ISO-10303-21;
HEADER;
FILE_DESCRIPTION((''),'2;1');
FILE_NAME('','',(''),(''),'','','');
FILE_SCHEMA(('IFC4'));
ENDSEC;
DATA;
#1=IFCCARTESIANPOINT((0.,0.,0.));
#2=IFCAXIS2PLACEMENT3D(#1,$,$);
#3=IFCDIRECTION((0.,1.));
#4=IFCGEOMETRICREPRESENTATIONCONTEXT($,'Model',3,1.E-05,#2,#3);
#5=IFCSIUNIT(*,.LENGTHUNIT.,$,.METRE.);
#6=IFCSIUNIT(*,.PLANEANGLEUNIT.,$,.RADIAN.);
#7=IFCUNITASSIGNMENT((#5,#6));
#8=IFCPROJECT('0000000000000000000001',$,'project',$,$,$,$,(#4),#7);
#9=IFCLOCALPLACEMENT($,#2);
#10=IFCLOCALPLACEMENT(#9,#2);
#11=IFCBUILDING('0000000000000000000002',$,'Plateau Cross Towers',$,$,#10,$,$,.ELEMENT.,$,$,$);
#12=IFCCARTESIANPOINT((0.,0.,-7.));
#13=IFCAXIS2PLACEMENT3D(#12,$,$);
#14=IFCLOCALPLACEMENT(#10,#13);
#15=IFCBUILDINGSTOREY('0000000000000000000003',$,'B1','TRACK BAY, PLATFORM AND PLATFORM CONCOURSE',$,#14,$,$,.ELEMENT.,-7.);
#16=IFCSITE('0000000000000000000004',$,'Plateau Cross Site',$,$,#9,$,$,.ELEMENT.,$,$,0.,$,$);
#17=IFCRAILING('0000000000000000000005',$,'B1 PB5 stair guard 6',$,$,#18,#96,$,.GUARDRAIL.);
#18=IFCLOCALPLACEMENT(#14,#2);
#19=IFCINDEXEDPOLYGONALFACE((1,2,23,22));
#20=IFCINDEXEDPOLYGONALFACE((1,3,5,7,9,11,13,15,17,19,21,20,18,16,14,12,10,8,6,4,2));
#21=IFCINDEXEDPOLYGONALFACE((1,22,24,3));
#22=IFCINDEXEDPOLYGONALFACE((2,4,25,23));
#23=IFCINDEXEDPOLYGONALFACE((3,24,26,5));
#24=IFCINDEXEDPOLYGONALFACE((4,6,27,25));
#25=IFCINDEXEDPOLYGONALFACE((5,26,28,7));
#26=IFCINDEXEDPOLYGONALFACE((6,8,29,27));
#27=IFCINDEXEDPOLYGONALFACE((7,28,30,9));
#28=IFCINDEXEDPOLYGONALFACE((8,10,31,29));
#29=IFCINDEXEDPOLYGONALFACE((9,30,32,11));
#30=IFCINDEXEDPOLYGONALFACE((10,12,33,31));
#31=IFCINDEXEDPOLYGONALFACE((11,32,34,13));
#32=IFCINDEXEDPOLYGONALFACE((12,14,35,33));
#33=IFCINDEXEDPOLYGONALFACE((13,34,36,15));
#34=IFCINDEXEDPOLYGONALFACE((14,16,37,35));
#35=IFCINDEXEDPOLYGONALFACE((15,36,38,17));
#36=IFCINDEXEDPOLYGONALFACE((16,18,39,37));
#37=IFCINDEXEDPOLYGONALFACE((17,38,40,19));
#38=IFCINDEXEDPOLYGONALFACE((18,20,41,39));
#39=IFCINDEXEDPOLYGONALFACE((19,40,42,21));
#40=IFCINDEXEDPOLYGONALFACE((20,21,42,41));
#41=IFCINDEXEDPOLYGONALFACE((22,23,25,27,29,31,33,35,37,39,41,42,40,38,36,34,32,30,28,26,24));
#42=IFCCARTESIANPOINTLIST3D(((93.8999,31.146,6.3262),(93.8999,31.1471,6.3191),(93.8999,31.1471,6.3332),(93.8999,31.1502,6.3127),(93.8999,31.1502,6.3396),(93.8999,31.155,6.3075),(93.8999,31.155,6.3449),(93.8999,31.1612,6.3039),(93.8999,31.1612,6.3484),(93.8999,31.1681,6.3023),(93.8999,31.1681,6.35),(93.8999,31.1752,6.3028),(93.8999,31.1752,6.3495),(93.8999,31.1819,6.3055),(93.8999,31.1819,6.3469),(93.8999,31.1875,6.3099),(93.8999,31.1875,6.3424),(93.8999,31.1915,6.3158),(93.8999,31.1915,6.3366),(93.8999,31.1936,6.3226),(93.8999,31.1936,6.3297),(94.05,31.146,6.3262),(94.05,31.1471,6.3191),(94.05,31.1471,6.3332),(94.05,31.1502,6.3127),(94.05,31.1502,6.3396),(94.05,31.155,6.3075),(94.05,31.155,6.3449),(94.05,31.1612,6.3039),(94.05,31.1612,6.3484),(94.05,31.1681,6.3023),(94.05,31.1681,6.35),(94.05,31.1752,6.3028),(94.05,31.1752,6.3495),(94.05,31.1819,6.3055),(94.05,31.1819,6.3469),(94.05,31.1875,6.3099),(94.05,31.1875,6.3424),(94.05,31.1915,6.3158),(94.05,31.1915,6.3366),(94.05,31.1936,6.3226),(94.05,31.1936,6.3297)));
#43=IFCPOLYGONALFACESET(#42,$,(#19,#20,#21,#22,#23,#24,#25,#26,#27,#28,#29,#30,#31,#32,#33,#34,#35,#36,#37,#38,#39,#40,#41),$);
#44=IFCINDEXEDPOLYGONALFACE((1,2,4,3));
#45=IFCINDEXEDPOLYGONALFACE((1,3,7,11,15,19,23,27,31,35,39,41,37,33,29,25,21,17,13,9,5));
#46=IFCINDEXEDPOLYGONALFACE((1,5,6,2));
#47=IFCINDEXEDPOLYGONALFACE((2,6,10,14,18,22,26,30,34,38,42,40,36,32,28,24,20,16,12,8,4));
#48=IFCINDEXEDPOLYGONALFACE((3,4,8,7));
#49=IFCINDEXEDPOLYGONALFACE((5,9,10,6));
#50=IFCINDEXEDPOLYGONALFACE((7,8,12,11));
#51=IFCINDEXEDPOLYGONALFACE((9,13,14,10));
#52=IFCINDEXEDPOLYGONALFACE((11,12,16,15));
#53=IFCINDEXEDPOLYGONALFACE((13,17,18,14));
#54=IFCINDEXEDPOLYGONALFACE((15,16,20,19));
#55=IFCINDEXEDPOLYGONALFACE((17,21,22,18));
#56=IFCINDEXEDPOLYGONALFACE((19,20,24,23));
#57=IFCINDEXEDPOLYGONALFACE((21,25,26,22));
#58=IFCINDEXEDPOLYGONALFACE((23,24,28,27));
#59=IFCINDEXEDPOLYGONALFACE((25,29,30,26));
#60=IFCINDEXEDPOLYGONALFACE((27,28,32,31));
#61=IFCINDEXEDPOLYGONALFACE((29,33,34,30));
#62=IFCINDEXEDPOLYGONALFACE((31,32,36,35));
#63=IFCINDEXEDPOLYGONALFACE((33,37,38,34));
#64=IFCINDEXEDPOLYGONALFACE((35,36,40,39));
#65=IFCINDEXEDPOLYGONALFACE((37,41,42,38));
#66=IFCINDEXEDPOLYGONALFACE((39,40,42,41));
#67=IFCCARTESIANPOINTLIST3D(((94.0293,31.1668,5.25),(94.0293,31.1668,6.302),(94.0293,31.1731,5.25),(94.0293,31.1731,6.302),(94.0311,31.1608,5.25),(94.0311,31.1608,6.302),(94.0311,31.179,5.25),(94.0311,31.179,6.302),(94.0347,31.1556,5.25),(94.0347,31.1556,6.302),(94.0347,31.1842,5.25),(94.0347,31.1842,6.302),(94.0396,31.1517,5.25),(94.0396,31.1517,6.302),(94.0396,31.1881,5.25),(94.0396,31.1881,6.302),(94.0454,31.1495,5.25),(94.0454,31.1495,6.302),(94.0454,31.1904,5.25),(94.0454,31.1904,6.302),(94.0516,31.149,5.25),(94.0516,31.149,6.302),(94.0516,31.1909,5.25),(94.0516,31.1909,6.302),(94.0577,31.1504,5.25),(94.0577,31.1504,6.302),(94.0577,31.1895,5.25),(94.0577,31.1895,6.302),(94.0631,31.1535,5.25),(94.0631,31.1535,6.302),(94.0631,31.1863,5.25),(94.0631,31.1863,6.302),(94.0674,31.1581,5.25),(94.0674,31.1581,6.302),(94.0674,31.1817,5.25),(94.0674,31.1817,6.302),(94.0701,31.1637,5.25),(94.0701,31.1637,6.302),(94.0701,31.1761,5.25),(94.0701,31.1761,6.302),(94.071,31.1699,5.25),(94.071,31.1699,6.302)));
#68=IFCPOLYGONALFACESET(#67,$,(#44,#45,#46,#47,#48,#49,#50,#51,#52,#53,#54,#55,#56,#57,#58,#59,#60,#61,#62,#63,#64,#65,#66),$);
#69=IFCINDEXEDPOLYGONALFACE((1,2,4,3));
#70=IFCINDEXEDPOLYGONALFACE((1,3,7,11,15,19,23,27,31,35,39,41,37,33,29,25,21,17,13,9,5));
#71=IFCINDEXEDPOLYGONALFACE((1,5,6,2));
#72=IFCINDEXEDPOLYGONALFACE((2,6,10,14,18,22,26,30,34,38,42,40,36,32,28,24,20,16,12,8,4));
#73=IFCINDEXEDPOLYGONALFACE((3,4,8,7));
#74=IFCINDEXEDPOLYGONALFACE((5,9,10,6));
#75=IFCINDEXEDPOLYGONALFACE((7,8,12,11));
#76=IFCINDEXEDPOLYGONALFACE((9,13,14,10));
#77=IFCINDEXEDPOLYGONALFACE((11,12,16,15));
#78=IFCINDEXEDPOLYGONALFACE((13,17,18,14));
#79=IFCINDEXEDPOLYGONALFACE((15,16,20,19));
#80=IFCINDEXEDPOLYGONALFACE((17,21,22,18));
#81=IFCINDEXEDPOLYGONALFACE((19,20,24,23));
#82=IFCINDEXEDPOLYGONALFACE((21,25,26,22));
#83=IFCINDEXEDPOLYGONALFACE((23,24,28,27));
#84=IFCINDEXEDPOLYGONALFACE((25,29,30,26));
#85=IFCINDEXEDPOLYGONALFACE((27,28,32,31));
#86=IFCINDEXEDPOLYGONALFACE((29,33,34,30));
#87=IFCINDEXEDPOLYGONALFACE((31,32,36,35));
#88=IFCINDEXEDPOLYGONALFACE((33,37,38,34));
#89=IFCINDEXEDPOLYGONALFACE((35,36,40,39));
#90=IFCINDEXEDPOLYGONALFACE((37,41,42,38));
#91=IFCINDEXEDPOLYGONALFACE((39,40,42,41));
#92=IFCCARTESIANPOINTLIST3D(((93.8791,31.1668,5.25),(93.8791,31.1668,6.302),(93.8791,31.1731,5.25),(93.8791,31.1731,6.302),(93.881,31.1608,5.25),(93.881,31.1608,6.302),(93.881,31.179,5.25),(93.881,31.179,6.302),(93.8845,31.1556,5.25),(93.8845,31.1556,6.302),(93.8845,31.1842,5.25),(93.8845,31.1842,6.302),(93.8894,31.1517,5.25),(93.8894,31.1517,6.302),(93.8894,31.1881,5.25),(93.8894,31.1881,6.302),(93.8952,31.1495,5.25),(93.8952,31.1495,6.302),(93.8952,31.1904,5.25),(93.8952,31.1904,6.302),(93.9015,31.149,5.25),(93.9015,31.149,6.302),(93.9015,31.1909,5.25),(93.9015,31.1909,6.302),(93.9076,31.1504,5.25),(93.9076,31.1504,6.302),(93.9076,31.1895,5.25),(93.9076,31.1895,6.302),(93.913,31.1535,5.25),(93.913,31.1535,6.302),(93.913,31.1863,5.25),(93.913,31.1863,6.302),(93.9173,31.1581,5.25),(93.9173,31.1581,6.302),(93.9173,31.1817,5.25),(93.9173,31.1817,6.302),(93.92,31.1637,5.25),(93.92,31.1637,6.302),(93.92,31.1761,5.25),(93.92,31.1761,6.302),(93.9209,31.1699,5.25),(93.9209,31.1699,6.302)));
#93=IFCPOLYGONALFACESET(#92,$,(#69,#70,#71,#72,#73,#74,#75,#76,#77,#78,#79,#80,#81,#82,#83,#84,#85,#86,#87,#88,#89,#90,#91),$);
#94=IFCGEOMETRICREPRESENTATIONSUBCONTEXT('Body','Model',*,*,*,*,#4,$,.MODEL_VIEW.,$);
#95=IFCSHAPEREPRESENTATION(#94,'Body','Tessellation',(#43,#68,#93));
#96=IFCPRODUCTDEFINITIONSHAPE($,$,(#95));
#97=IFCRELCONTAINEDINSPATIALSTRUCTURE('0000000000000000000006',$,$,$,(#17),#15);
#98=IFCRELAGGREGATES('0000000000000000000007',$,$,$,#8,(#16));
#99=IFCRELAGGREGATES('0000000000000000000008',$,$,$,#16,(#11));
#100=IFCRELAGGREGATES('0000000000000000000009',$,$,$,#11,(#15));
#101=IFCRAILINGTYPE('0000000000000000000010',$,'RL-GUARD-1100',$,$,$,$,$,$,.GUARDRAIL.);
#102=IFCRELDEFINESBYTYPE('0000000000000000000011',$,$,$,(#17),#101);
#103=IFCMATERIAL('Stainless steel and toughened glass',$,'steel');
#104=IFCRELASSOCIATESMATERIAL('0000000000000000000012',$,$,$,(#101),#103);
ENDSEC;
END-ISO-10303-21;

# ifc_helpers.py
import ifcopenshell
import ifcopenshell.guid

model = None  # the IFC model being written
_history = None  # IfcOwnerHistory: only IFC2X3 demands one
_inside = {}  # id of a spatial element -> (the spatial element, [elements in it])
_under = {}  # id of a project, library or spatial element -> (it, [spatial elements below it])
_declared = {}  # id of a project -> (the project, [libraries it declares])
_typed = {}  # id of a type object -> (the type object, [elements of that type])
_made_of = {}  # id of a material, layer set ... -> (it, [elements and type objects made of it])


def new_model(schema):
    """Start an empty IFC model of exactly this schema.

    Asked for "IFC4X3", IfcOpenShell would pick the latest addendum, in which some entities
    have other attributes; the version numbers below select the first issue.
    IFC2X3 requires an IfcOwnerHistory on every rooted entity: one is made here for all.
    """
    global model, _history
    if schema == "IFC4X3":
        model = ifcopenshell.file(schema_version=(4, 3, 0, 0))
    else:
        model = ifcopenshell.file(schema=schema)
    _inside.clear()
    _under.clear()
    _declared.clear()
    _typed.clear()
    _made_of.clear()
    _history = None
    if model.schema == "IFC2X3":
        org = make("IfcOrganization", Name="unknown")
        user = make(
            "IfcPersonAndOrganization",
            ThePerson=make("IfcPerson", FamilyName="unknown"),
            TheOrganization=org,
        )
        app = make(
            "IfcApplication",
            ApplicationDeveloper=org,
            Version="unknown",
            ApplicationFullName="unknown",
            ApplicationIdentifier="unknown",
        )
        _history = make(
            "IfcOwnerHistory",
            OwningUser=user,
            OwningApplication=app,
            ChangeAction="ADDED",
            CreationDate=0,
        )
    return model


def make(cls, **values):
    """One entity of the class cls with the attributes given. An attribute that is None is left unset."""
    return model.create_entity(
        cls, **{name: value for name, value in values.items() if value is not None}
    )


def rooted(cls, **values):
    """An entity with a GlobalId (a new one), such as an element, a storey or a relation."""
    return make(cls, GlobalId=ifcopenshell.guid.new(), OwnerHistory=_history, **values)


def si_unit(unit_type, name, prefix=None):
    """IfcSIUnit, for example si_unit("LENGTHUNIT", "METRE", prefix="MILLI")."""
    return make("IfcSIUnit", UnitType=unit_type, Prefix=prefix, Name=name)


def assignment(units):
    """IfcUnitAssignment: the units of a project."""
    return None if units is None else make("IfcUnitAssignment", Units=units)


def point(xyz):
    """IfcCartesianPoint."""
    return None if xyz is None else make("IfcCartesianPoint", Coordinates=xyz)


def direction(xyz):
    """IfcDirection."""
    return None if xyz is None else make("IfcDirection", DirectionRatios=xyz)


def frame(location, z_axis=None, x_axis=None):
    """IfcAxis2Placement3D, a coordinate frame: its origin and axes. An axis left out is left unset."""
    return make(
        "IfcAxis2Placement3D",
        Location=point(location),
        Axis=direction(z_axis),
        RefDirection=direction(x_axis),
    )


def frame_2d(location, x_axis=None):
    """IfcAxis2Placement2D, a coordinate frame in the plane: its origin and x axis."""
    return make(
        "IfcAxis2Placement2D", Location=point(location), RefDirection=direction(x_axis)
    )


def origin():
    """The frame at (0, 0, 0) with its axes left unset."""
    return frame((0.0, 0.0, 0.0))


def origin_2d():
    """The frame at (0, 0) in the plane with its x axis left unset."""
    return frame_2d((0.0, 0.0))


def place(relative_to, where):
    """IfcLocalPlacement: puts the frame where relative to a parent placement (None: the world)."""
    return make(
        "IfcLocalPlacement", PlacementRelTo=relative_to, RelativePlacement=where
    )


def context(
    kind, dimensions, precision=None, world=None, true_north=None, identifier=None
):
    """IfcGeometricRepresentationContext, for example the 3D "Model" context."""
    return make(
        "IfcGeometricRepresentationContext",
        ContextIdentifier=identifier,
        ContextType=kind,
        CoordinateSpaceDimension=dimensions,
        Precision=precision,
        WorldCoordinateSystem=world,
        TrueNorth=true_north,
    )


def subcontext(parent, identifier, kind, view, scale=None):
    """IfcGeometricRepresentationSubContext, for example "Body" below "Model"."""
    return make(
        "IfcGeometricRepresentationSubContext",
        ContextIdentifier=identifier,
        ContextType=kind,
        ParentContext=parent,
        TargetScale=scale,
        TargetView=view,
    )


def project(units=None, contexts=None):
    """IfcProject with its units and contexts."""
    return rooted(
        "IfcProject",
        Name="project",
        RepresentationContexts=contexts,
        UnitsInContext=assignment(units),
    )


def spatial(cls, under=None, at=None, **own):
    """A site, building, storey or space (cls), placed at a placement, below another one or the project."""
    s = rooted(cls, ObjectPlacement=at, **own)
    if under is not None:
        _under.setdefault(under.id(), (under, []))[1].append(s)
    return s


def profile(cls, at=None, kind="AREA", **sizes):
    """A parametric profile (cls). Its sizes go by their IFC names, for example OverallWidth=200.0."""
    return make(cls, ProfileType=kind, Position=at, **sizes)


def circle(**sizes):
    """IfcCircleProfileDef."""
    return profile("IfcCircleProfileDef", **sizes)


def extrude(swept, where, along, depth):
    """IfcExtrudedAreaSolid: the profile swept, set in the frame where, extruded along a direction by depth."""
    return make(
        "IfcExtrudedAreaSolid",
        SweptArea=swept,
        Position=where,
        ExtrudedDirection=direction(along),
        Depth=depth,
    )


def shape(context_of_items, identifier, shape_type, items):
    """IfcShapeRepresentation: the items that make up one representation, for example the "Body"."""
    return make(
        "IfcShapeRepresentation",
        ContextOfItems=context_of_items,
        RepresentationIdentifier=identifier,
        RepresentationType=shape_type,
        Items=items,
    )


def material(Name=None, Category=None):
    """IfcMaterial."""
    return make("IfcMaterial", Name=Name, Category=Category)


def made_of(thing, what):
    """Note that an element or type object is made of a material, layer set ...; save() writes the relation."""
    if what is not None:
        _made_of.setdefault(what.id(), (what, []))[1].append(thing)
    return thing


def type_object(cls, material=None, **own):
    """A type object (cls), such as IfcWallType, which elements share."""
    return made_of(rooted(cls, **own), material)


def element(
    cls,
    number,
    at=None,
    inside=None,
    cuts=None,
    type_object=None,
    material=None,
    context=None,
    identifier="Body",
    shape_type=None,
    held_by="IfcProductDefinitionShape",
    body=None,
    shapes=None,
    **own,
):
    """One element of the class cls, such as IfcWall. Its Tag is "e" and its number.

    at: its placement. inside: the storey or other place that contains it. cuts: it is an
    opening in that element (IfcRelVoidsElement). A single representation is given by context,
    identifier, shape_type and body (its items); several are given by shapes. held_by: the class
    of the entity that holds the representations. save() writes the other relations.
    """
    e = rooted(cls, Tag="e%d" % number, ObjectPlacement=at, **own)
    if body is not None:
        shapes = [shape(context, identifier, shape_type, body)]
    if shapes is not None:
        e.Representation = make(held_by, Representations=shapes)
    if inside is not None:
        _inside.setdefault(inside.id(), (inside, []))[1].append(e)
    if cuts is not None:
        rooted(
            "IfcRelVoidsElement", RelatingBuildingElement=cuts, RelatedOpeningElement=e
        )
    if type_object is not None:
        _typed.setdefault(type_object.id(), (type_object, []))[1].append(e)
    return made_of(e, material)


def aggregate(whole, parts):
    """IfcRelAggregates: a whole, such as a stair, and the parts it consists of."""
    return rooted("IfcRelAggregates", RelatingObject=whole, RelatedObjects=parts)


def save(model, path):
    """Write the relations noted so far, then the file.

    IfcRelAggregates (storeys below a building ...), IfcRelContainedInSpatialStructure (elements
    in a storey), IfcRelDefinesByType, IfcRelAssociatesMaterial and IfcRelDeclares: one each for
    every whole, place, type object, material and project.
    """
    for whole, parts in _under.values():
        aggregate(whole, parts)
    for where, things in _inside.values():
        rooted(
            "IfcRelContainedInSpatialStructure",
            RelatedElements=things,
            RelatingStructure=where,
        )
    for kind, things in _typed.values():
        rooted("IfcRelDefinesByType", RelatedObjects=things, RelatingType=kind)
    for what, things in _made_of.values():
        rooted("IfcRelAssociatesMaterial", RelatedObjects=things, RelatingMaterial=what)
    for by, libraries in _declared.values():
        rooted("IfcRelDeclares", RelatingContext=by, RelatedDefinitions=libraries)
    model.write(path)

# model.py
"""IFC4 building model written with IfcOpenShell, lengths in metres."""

from ifc_helpers import new_model, si_unit, direction, frame, origin, origin_2d, place, context, subcontext, project, spatial, circle, extrude, material, type_object, element, save


model = new_model("IFC4")

# Units and contexts
model_context = context("Model", 3, precision=1e-05, world=origin(), true_north=direction((0.0, 1.0)))
body_context = subcontext(model_context, "Body", "Model", "MODEL_VIEW")
ifc_project = project(units=[si_unit("LENGTHUNIT", "METRE"), si_unit("PLANEANGLEUNIT", "RADIAN")], contexts=[model_context])

# Site, building, storey
site_placement = place(None, origin())
site = spatial("IfcSite", under=ifc_project, at=site_placement, Name="Plateau Cross Site", CompositionType="ELEMENT", RefElevation=0.0)
building_placement = place(site_placement, origin())
building = spatial("IfcBuilding", under=site, at=building_placement, Name="Plateau Cross Towers", CompositionType="ELEMENT")
storey_placement = place(building_placement, frame((0.0, 0.0, -7.0)))
storey = spatial("IfcBuildingStorey", under=building, at=storey_placement, Name="B1", Description="TRACK BAY, PLATFORM AND PLATFORM CONCOURSE", CompositionType="ELEMENT", Elevation=-7.0)

# Railing
ifc_material_1 = material(Name="Stainless steel and toughened glass", Category="steel")
railing_type_1 = type_object("IfcRailingType", Name="RL-GUARD-1100", PredefinedType="GUARDRAIL", material=ifc_material_1)
railing_1_placement = place(storey_placement, frame((94.05, 31.1699, 5.25)))
element("IfcRailing", 1, at=railing_1_placement, inside=storey, type_object=railing_type_1, Name="B1 PB5 stair guard 6", PredefinedType="GUARDRAIL", context=body_context, shape_type="SweptSolid", body=[
    extrude(circle(Radius=0.0239, at=origin_2d()), frame((0.0, 0.0, 1.0762), z_axis=(-1.0, 0.0, 0.0), x_axis=(0.0, -1.0, 0.0)), (0.0, 0.0, 1.0), 0.1501),
    extrude(circle(Radius=0.021, at=origin_2d()), origin(), (0.0, 0.0, 1.0), 1.052),
    extrude(circle(Radius=0.021, at=origin_2d()), frame((-0.1501, 0.0, 0.0)), (0.0, 0.0, 1.0), 1.052),
])

save(model, "model.ifc")
